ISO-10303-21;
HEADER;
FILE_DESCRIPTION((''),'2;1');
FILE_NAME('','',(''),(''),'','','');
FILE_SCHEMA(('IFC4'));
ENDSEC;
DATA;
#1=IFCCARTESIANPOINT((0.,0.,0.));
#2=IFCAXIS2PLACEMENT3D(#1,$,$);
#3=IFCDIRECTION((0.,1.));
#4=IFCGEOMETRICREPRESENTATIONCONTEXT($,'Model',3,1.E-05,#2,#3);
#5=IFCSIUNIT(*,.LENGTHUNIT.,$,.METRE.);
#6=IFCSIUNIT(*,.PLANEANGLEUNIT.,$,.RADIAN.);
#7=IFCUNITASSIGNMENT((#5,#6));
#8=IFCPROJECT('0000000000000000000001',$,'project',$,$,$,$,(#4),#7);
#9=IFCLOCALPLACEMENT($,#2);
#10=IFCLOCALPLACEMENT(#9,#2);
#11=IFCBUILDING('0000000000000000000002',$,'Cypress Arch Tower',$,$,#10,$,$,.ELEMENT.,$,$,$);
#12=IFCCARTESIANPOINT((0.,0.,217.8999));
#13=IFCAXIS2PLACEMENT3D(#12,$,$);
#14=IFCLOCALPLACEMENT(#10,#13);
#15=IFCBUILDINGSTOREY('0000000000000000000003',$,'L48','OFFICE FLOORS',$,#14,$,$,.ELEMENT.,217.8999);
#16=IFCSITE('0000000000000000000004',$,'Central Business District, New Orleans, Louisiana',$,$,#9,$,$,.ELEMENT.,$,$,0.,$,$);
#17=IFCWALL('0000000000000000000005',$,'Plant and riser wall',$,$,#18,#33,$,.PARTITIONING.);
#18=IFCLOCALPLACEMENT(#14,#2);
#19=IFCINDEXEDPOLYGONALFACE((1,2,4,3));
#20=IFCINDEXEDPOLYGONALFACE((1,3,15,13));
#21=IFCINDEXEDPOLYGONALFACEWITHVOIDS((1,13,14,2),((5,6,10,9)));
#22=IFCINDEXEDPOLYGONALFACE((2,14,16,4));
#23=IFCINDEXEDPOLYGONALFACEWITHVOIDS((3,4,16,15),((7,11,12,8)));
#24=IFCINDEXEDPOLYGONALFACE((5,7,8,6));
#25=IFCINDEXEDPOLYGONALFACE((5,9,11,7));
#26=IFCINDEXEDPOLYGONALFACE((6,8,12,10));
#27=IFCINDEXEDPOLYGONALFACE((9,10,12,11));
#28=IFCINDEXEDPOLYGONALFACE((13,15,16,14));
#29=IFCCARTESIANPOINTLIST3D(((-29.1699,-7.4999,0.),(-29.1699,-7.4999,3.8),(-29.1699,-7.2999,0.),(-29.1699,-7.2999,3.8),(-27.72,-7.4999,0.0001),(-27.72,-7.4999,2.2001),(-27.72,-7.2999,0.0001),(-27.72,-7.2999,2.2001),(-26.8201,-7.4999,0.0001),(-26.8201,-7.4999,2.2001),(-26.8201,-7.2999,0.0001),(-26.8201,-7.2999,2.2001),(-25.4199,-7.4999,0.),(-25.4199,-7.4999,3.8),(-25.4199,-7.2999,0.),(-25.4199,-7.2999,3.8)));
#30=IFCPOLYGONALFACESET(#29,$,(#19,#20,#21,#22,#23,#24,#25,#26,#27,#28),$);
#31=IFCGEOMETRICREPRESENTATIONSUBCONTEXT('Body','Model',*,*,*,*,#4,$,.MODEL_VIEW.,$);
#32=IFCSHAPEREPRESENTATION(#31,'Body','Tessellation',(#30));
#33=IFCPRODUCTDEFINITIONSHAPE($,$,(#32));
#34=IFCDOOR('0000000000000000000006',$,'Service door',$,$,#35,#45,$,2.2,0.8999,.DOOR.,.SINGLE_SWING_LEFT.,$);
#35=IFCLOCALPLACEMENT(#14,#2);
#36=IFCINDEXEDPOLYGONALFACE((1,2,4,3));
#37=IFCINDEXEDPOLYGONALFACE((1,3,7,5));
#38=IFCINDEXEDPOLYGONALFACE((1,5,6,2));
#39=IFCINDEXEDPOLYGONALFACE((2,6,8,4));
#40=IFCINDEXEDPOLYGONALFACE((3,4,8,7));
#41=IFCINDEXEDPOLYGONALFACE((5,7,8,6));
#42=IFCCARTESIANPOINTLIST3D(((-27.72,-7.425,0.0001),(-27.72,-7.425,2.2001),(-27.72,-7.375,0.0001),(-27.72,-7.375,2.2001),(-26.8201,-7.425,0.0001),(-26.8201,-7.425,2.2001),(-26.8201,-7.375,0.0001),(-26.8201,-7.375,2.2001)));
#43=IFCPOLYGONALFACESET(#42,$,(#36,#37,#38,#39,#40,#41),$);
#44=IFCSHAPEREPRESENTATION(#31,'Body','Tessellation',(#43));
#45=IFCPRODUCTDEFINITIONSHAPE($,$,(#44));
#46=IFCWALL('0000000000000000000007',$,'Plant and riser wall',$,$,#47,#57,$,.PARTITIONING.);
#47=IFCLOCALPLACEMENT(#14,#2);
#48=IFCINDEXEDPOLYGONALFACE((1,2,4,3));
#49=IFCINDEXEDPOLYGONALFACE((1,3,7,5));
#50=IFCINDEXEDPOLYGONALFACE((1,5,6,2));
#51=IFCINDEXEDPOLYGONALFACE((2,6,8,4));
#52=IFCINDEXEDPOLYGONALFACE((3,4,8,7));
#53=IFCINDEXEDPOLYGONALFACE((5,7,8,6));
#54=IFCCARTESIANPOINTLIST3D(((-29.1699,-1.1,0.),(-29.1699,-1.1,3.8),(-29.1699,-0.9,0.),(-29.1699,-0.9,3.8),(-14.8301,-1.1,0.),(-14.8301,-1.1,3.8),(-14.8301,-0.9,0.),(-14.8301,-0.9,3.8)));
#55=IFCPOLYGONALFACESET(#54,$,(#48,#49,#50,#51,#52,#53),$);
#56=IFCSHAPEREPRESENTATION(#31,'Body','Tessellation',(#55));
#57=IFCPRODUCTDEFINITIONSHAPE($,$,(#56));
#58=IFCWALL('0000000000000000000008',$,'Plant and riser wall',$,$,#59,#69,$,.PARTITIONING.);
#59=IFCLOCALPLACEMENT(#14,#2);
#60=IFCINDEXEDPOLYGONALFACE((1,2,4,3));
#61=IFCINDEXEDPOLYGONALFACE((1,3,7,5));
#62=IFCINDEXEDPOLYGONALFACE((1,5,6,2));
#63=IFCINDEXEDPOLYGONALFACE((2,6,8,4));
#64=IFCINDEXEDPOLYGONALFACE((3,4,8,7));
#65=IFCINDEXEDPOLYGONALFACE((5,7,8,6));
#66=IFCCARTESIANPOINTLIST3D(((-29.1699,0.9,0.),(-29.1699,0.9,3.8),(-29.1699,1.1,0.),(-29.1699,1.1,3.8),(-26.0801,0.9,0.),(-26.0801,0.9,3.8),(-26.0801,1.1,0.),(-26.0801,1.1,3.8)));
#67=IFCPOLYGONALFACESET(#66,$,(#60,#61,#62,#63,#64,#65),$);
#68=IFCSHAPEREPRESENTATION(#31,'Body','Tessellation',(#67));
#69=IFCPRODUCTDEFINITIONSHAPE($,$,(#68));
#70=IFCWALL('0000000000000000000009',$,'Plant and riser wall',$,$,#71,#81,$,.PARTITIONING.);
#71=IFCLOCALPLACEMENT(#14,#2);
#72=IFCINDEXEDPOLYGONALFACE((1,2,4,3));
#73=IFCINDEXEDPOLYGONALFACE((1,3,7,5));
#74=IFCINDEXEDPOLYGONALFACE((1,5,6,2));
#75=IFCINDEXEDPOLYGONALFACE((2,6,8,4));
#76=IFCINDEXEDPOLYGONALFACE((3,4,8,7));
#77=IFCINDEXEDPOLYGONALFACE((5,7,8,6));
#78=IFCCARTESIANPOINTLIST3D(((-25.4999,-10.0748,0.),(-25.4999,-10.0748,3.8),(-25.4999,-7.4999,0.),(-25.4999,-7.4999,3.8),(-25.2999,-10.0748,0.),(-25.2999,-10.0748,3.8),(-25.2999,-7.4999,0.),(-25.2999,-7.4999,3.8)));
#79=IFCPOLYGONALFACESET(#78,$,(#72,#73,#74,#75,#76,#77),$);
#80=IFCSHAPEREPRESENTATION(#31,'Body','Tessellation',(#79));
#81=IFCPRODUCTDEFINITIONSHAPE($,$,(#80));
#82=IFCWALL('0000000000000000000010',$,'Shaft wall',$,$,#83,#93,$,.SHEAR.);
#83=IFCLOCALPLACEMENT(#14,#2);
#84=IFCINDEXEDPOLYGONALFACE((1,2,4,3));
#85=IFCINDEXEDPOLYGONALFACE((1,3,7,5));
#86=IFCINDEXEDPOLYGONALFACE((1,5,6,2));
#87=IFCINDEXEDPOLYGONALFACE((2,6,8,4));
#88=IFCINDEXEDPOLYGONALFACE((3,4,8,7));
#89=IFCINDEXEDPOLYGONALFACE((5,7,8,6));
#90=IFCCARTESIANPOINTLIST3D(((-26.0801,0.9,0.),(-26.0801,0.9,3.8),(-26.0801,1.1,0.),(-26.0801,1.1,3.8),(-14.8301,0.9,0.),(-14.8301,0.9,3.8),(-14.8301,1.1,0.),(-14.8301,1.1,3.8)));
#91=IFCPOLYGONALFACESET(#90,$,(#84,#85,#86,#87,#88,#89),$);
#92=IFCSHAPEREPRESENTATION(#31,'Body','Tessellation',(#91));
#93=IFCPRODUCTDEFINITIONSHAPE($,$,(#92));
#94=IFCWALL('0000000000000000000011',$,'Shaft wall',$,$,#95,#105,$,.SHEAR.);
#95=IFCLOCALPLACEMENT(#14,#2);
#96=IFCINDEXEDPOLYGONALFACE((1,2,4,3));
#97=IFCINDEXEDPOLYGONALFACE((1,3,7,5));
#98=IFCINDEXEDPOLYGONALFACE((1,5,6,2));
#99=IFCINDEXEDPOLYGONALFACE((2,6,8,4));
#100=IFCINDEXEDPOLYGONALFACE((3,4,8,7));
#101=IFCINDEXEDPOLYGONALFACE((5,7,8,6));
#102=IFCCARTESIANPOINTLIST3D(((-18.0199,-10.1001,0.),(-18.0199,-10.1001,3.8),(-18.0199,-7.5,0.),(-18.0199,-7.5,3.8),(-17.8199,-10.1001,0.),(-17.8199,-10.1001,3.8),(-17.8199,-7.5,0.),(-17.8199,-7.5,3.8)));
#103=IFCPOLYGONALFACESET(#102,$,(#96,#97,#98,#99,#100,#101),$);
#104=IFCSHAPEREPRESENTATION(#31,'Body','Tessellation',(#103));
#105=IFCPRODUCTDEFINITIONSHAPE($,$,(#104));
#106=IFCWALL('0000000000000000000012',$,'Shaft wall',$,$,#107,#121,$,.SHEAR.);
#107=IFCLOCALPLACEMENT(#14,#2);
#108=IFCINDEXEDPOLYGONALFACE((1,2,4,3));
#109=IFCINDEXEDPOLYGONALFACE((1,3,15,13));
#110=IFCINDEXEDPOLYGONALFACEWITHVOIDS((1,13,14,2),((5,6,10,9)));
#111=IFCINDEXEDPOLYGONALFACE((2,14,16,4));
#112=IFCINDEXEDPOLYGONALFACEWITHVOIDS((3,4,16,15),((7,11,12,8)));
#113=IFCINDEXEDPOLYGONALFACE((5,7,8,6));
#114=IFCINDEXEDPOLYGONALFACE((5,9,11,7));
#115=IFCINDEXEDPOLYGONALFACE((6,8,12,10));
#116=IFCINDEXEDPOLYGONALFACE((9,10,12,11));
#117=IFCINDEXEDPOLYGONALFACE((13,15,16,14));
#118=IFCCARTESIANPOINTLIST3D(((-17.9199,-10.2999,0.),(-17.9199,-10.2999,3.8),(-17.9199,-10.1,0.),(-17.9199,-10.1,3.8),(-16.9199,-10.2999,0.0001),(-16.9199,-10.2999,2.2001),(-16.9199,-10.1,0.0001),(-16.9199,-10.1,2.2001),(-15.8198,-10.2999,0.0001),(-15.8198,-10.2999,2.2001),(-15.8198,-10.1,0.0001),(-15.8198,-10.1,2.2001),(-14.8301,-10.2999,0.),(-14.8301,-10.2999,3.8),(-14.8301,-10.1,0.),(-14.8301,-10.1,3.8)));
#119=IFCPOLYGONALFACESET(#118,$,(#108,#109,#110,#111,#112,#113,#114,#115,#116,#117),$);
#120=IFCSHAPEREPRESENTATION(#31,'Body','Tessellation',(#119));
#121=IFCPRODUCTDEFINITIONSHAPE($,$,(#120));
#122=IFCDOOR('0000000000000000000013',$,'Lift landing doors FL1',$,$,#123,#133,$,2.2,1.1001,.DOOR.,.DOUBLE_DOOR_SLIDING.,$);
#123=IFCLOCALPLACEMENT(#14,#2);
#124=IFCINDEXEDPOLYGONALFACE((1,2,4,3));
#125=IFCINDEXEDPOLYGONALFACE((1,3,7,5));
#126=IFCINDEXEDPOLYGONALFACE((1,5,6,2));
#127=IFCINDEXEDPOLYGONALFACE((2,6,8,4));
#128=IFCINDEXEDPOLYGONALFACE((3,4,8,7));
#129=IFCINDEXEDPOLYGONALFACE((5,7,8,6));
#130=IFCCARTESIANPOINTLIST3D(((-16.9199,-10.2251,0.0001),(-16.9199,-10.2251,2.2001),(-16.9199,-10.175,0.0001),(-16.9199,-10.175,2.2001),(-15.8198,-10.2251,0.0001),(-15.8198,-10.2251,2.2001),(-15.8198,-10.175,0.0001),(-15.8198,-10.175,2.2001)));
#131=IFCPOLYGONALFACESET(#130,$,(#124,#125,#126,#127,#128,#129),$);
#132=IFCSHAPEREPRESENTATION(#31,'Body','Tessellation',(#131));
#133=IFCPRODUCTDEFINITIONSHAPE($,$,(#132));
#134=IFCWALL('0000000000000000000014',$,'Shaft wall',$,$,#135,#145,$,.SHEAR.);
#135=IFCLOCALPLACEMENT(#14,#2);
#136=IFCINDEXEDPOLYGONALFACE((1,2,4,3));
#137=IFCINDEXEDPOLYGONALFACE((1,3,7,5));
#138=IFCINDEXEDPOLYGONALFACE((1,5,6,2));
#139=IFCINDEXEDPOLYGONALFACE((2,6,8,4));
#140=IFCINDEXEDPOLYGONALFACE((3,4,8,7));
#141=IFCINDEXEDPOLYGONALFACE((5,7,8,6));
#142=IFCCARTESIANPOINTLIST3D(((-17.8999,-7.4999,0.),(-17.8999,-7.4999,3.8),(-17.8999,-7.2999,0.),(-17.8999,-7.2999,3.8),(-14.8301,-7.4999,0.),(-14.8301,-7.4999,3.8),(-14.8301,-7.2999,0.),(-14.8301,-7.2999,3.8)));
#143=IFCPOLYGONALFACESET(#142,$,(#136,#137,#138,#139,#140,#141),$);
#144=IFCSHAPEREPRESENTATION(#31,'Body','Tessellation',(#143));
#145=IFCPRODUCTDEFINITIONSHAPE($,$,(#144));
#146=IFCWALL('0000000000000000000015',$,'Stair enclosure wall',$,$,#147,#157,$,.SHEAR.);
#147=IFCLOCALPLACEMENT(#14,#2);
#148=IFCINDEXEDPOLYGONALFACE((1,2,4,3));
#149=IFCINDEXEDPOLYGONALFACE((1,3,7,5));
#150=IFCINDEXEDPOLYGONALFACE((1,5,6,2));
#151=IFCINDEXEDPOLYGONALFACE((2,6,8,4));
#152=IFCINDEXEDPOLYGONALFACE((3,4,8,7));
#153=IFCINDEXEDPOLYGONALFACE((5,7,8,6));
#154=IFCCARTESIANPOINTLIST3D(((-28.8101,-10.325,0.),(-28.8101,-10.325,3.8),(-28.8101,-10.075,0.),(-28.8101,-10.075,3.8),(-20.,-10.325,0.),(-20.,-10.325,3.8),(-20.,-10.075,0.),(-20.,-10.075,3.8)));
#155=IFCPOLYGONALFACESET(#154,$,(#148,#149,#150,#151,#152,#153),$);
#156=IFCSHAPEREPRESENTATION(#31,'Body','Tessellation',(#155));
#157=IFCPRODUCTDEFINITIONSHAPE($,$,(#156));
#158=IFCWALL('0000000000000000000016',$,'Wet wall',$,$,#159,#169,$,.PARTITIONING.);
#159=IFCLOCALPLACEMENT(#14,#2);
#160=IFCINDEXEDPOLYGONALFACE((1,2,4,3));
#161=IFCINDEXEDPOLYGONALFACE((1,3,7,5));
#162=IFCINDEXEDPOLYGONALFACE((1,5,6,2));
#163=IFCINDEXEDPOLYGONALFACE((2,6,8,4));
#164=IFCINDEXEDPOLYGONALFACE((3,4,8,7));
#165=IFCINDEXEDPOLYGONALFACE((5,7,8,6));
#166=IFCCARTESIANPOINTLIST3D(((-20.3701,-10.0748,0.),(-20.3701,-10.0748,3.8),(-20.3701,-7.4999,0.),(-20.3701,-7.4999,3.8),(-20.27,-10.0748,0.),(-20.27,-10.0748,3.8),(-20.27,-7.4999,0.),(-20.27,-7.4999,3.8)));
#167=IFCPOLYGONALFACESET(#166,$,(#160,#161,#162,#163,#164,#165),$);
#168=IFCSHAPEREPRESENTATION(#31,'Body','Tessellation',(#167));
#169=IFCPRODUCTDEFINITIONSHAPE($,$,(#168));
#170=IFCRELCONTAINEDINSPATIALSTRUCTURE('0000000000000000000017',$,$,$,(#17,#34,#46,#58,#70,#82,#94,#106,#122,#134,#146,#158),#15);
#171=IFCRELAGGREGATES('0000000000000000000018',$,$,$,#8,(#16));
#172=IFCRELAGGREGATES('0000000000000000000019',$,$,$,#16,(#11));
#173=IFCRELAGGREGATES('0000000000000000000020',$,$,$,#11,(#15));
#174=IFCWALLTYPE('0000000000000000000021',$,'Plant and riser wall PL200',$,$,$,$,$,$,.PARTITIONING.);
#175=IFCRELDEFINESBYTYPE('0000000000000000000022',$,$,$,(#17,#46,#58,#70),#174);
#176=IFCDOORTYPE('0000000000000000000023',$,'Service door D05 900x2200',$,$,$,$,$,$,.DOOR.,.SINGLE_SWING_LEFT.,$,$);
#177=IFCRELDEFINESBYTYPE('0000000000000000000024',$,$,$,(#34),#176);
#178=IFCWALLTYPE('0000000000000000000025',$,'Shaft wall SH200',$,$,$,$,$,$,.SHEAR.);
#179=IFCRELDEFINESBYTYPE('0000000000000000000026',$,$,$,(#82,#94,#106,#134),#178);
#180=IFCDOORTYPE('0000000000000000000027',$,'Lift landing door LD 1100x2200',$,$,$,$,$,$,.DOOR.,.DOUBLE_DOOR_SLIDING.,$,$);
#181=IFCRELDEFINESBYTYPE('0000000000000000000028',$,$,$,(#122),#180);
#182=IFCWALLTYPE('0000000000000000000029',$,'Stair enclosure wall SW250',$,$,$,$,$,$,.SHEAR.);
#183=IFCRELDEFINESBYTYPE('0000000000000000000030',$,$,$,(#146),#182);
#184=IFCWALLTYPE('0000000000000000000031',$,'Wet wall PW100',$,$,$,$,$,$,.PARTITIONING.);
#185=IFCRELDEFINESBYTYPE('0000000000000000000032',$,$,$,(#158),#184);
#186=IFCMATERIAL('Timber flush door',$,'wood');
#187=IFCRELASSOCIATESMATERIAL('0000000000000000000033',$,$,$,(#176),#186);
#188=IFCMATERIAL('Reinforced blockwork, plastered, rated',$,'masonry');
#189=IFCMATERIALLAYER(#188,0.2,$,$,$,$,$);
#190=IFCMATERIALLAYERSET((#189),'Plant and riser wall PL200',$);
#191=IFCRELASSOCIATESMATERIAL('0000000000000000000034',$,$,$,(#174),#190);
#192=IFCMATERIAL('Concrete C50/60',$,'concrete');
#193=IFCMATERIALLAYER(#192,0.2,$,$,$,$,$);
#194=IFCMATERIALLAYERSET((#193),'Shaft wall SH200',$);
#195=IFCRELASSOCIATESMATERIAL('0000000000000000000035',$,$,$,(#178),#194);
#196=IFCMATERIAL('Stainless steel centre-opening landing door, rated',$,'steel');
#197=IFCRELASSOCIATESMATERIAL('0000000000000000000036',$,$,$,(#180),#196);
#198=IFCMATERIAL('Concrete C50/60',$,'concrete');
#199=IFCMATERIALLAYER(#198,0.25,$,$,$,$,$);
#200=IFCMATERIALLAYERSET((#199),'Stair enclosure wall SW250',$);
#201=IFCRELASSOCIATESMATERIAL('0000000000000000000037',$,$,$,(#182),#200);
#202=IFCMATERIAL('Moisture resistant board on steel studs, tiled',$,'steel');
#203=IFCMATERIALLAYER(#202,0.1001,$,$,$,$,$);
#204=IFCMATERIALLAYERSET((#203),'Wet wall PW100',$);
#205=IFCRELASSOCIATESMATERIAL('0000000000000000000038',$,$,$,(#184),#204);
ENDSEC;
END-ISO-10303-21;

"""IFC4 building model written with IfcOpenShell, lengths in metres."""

from ifc_helpers import new_model, si_unit, direction, frame, frame_2d, origin, place, context, subcontext, project, spatial, rectangle, extrude, material, layer, layer_set, type_object, element, fill, save


model = new_model("IFC4")

# Units and contexts
model_context = context("Model", 3, precision=1e-05, world=origin(), true_north=direction((0.0, 1.0)))
body_context = subcontext(model_context, "Body", "Model", "MODEL_VIEW")
ifc_project = project(units=[si_unit("LENGTHUNIT", "METRE"), si_unit("PLANEANGLEUNIT", "RADIAN")], contexts=[model_context])

# Site, building, storey
site_placement = place(None, origin())
site = spatial("IfcSite", under=ifc_project, at=site_placement, Name="Central Business District, New Orleans, Louisiana", CompositionType="ELEMENT", RefElevation=0.0)
building_placement = place(site_placement, origin())
building = spatial("IfcBuilding", under=site, at=building_placement, Name="Cypress Arch Tower", CompositionType="ELEMENT")
storey_placement = place(building_placement, frame((0.0, 0.0, 217.8999)))
storey = spatial("IfcBuildingStorey", under=building, at=storey_placement, Name="L48", Description="OFFICE FLOORS", CompositionType="ELEMENT", Elevation=217.8999)

# Shared definitions
ifc_material_1 = material(Name="Timber flush door", Category="wood")
door_type_1 = type_object("IfcDoorType", Name="Service door D05 900x2200", OperationType="SINGLE_SWING_LEFT", PredefinedType="DOOR", material=ifc_material_1)

# Wall, opening, door
ifc_material_2 = material(Name="Reinforced blockwork, plastered, rated", Category="masonry")
ifc_layer_1 = layer(ifc_material_2, 0.2)
ifc_layer_set_1 = layer_set([ifc_layer_1], Name="Plant and riser wall PL200")
wall_type_1 = type_object("IfcWallType", Name="Plant and riser wall PL200", PredefinedType="PARTITIONING", material=ifc_layer_set_1)
wall_1_placement = place(storey_placement, frame((-29.1699, -7.3999, 0.0), z_axis=(0.0, 0.0, 1.0), x_axis=(1.0, 0.0, 0.0)))
wall_1 = element("IfcWall", 1, at=wall_1_placement, inside=storey, type_object=wall_type_1, Name="Plant and riser wall", PredefinedType="PARTITIONING", context=body_context, shape_type="SweptSolid", body=[
    extrude(rectangle(XDim=3.75, YDim=0.2, at=frame_2d((1.875, 0.0))), origin(), (0.0, 0.0, 1.0), 3.8),
])
opening_1_placement = place(wall_1_placement, frame((1.45, 0.0, 0.0)))
opening_1 = element("IfcOpeningElement", 2, at=opening_1_placement, cuts=wall_1, PredefinedType="OPENING", context=body_context, shape_type="SweptSolid", body=[
    extrude(rectangle(XDim=0.8999, YDim=2.2, at=frame_2d((0.45, 1.1001))), frame((0.0, 0.1099, 0.0), z_axis=(0.0, -1.0, 0.0), x_axis=(1.0, 0.0, 0.0)), (0.0, 0.0, 1.0), 0.22),
])
door_1_placement = place(opening_1_placement, origin())
door_1 = element("IfcDoor", 3, at=door_1_placement, inside=storey, type_object=door_type_1, Name="Service door", OperationType="SINGLE_SWING_LEFT", OverallHeight=2.2, OverallWidth=0.8999, PredefinedType="DOOR", context=body_context, shape_type="SweptSolid", body=[
    extrude(rectangle(XDim=0.8999, YDim=2.2, at=frame_2d((0.45, 1.1001))), frame((0.0, 0.0249, 0.0), z_axis=(0.0, -1.0, 0.0), x_axis=(1.0, 0.0, 0.0)), (0.0, 0.0, 1.0), 0.05),
])
fill(opening_1, door_1)

# Walls
wall_2_placement = place(storey_placement, frame((-29.1699, -1.0, 0.0), z_axis=(0.0, 0.0, 1.0), x_axis=(1.0, 0.0, 0.0)))
element("IfcWall", 4, at=wall_2_placement, inside=storey, type_object=wall_type_1, Name="Plant and riser wall", PredefinedType="PARTITIONING", context=body_context, shape_type="SweptSolid", body=[
    extrude(rectangle(XDim=14.3398, YDim=0.2, at=frame_2d((7.1699, 0.0))), origin(), (0.0, 0.0, 1.0), 3.8),
])
wall_3_placement = place(storey_placement, frame((-29.1699, 1.0, 0.0), z_axis=(0.0, 0.0, 1.0), x_axis=(1.0, 0.0, 0.0)))
element("IfcWall", 5, at=wall_3_placement, inside=storey, type_object=wall_type_1, Name="Plant and riser wall", PredefinedType="PARTITIONING", context=body_context, shape_type="SweptSolid", body=[
    extrude(rectangle(XDim=3.0898, YDim=0.2, at=frame_2d((1.5449, 0.0))), origin(), (0.0, 0.0, 1.0), 3.8),
])
wall_4_placement = place(storey_placement, frame((-25.3999, -10.075, 0.0), z_axis=(0.0, 0.0, 1.0), x_axis=(0.0, 1.0, 0.0)))
element("IfcWall", 6, at=wall_4_placement, inside=storey, type_object=wall_type_1, Name="Plant and riser wall", PredefinedType="PARTITIONING", context=body_context, shape_type="SweptSolid", body=[
    extrude(rectangle(XDim=2.575, YDim=0.2, at=frame_2d((1.2876, 0.0))), origin(), (0.0, 0.0, 1.0), 3.8),
])
ifc_material_3 = material(Name="Concrete C50/60", Category="concrete")
ifc_layer_2 = layer(ifc_material_3, 0.2)
ifc_layer_set_2 = layer_set([ifc_layer_2], Name="Shaft wall SH200")
wall_type_2 = type_object("IfcWallType", Name="Shaft wall SH200", PredefinedType="SHEAR", material=ifc_layer_set_2)
wall_5_placement = place(storey_placement, frame((-26.0801, 1.0, 0.0), z_axis=(0.0, 0.0, 1.0), x_axis=(1.0, 0.0, 0.0)))
element("IfcWall", 7, at=wall_5_placement, inside=storey, type_object=wall_type_2, Name="Shaft wall", PredefinedType="SHEAR", context=body_context, shape_type="SweptSolid", body=[
    extrude(rectangle(XDim=11.25, YDim=0.2, at=frame_2d((5.625, 0.0))), origin(), (0.0, 0.0, 1.0), 3.8),
])
wall_6_placement = place(storey_placement, frame((-17.9199, -10.1001, 0.0), z_axis=(0.0, 0.0, 1.0), x_axis=(0.0, 1.0, 0.0)))
element("IfcWall", 8, at=wall_6_placement, inside=storey, type_object=wall_type_2, Name="Shaft wall", PredefinedType="SHEAR", context=body_context, shape_type="SweptSolid", body=[
    extrude(rectangle(XDim=2.6001, YDim=0.2, at=frame_2d((1.3, 0.0))), origin(), (0.0, 0.0, 1.0), 3.8),
])

# Wall, opening, door
wall_7_placement = place(storey_placement, frame((-17.9199, -10.2, 0.0), z_axis=(0.0, 0.0, 1.0), x_axis=(1.0, 0.0, 0.0)))
wall_7 = element("IfcWall", 9, at=wall_7_placement, inside=storey, type_object=wall_type_2, Name="Shaft wall", PredefinedType="SHEAR", context=body_context, shape_type="SweptSolid", body=[
    extrude(rectangle(XDim=3.0898, YDim=0.2, at=frame_2d((1.5449, 0.0))), origin(), (0.0, 0.0, 1.0), 3.8),
])
opening_2_placement = place(wall_7_placement, frame((1.0, 0.0, 0.0)))
opening_2 = element("IfcOpeningElement", 10, at=opening_2_placement, cuts=wall_7, PredefinedType="OPENING", context=body_context, shape_type="SweptSolid", body=[
    extrude(rectangle(XDim=1.1001, YDim=2.2, at=frame_2d((0.55, 1.1001))), frame((0.0, 0.1099, 0.0), z_axis=(0.0, -1.0, 0.0), x_axis=(1.0, 0.0, 0.0)), (0.0, 0.0, 1.0), 0.22),
])
ifc_material_4 = material(Name="Stainless steel centre-opening landing door, rated", Category="steel")
door_type_2 = type_object("IfcDoorType", Name="Lift landing door LD 1100x2200", OperationType="DOUBLE_DOOR_SLIDING", PredefinedType="DOOR", material=ifc_material_4)
door_2_placement = place(opening_2_placement, origin())
door_2 = element("IfcDoor", 11, at=door_2_placement, inside=storey, type_object=door_type_2, Name="Lift landing doors FL1", OperationType="DOUBLE_DOOR_SLIDING", OverallHeight=2.2, OverallWidth=1.1001, PredefinedType="DOOR", context=body_context, shape_type="SweptSolid", body=[
    extrude(rectangle(XDim=1.1001, YDim=2.2, at=frame_2d((0.55, 1.1001))), frame((0.0, 0.0249, 0.0), z_axis=(0.0, -1.0, 0.0), x_axis=(1.0, 0.0, 0.0)), (0.0, 0.0, 1.0), 0.05),
])
fill(opening_2, door_2)

# Walls
wall_8_placement = place(storey_placement, frame((-17.8999, -7.3999, 0.0), z_axis=(0.0, 0.0, 1.0), x_axis=(1.0, 0.0, 0.0)))
element("IfcWall", 12, at=wall_8_placement, inside=storey, type_object=wall_type_2, Name="Shaft wall", PredefinedType="SHEAR", context=body_context, shape_type="SweptSolid", body=[
    extrude(rectangle(XDim=3.0698, YDim=0.2, at=frame_2d((1.5349, 0.0))), origin(), (0.0, 0.0, 1.0), 3.8),
])
ifc_material_5 = material(Name="Concrete C50/60", Category="concrete")
ifc_layer_3 = layer(ifc_material_5, 0.25)
ifc_layer_set_3 = layer_set([ifc_layer_3], Name="Stair enclosure wall SW250")
wall_type_3 = type_object("IfcWallType", Name="Stair enclosure wall SW250", PredefinedType="SHEAR", material=ifc_layer_set_3)
wall_9_placement = place(storey_placement, frame((-28.8101, -10.2, 0.0), z_axis=(0.0, 0.0, 1.0), x_axis=(1.0, 0.0, 0.0)))
element("IfcWall", 13, at=wall_9_placement, inside=storey, type_object=wall_type_3, Name="Stair enclosure wall", PredefinedType="SHEAR", context=body_context, shape_type="SweptSolid", body=[
    extrude(rectangle(XDim=8.8101, YDim=0.25, at=frame_2d((4.405, 0.0))), origin(), (0.0, 0.0, 1.0), 3.8),
])
ifc_material_6 = material(Name="Moisture resistant board on steel studs, tiled", Category="steel")
ifc_layer_4 = layer(ifc_material_6, 0.1001)
ifc_layer_set_4 = layer_set([ifc_layer_4], Name="Wet wall PW100")
wall_type_4 = type_object("IfcWallType", Name="Wet wall PW100", PredefinedType="PARTITIONING", material=ifc_layer_set_4)
wall_10_placement = place(storey_placement, frame((-20.3201, -10.075, 0.0), z_axis=(0.0, 0.0, 1.0), x_axis=(0.0, 1.0, 0.0)))
element("IfcWall", 14, at=wall_10_placement, inside=storey, type_object=wall_type_4, Name="Wet wall", PredefinedType="PARTITIONING", context=body_context, shape_type="SweptSolid", body=[
    extrude(rectangle(XDim=2.575, YDim=0.1001, at=frame_2d((1.2876, 0.0))), origin(), (0.0, 0.0, 1.0), 3.8),
])

save(model, "model.ifc")
